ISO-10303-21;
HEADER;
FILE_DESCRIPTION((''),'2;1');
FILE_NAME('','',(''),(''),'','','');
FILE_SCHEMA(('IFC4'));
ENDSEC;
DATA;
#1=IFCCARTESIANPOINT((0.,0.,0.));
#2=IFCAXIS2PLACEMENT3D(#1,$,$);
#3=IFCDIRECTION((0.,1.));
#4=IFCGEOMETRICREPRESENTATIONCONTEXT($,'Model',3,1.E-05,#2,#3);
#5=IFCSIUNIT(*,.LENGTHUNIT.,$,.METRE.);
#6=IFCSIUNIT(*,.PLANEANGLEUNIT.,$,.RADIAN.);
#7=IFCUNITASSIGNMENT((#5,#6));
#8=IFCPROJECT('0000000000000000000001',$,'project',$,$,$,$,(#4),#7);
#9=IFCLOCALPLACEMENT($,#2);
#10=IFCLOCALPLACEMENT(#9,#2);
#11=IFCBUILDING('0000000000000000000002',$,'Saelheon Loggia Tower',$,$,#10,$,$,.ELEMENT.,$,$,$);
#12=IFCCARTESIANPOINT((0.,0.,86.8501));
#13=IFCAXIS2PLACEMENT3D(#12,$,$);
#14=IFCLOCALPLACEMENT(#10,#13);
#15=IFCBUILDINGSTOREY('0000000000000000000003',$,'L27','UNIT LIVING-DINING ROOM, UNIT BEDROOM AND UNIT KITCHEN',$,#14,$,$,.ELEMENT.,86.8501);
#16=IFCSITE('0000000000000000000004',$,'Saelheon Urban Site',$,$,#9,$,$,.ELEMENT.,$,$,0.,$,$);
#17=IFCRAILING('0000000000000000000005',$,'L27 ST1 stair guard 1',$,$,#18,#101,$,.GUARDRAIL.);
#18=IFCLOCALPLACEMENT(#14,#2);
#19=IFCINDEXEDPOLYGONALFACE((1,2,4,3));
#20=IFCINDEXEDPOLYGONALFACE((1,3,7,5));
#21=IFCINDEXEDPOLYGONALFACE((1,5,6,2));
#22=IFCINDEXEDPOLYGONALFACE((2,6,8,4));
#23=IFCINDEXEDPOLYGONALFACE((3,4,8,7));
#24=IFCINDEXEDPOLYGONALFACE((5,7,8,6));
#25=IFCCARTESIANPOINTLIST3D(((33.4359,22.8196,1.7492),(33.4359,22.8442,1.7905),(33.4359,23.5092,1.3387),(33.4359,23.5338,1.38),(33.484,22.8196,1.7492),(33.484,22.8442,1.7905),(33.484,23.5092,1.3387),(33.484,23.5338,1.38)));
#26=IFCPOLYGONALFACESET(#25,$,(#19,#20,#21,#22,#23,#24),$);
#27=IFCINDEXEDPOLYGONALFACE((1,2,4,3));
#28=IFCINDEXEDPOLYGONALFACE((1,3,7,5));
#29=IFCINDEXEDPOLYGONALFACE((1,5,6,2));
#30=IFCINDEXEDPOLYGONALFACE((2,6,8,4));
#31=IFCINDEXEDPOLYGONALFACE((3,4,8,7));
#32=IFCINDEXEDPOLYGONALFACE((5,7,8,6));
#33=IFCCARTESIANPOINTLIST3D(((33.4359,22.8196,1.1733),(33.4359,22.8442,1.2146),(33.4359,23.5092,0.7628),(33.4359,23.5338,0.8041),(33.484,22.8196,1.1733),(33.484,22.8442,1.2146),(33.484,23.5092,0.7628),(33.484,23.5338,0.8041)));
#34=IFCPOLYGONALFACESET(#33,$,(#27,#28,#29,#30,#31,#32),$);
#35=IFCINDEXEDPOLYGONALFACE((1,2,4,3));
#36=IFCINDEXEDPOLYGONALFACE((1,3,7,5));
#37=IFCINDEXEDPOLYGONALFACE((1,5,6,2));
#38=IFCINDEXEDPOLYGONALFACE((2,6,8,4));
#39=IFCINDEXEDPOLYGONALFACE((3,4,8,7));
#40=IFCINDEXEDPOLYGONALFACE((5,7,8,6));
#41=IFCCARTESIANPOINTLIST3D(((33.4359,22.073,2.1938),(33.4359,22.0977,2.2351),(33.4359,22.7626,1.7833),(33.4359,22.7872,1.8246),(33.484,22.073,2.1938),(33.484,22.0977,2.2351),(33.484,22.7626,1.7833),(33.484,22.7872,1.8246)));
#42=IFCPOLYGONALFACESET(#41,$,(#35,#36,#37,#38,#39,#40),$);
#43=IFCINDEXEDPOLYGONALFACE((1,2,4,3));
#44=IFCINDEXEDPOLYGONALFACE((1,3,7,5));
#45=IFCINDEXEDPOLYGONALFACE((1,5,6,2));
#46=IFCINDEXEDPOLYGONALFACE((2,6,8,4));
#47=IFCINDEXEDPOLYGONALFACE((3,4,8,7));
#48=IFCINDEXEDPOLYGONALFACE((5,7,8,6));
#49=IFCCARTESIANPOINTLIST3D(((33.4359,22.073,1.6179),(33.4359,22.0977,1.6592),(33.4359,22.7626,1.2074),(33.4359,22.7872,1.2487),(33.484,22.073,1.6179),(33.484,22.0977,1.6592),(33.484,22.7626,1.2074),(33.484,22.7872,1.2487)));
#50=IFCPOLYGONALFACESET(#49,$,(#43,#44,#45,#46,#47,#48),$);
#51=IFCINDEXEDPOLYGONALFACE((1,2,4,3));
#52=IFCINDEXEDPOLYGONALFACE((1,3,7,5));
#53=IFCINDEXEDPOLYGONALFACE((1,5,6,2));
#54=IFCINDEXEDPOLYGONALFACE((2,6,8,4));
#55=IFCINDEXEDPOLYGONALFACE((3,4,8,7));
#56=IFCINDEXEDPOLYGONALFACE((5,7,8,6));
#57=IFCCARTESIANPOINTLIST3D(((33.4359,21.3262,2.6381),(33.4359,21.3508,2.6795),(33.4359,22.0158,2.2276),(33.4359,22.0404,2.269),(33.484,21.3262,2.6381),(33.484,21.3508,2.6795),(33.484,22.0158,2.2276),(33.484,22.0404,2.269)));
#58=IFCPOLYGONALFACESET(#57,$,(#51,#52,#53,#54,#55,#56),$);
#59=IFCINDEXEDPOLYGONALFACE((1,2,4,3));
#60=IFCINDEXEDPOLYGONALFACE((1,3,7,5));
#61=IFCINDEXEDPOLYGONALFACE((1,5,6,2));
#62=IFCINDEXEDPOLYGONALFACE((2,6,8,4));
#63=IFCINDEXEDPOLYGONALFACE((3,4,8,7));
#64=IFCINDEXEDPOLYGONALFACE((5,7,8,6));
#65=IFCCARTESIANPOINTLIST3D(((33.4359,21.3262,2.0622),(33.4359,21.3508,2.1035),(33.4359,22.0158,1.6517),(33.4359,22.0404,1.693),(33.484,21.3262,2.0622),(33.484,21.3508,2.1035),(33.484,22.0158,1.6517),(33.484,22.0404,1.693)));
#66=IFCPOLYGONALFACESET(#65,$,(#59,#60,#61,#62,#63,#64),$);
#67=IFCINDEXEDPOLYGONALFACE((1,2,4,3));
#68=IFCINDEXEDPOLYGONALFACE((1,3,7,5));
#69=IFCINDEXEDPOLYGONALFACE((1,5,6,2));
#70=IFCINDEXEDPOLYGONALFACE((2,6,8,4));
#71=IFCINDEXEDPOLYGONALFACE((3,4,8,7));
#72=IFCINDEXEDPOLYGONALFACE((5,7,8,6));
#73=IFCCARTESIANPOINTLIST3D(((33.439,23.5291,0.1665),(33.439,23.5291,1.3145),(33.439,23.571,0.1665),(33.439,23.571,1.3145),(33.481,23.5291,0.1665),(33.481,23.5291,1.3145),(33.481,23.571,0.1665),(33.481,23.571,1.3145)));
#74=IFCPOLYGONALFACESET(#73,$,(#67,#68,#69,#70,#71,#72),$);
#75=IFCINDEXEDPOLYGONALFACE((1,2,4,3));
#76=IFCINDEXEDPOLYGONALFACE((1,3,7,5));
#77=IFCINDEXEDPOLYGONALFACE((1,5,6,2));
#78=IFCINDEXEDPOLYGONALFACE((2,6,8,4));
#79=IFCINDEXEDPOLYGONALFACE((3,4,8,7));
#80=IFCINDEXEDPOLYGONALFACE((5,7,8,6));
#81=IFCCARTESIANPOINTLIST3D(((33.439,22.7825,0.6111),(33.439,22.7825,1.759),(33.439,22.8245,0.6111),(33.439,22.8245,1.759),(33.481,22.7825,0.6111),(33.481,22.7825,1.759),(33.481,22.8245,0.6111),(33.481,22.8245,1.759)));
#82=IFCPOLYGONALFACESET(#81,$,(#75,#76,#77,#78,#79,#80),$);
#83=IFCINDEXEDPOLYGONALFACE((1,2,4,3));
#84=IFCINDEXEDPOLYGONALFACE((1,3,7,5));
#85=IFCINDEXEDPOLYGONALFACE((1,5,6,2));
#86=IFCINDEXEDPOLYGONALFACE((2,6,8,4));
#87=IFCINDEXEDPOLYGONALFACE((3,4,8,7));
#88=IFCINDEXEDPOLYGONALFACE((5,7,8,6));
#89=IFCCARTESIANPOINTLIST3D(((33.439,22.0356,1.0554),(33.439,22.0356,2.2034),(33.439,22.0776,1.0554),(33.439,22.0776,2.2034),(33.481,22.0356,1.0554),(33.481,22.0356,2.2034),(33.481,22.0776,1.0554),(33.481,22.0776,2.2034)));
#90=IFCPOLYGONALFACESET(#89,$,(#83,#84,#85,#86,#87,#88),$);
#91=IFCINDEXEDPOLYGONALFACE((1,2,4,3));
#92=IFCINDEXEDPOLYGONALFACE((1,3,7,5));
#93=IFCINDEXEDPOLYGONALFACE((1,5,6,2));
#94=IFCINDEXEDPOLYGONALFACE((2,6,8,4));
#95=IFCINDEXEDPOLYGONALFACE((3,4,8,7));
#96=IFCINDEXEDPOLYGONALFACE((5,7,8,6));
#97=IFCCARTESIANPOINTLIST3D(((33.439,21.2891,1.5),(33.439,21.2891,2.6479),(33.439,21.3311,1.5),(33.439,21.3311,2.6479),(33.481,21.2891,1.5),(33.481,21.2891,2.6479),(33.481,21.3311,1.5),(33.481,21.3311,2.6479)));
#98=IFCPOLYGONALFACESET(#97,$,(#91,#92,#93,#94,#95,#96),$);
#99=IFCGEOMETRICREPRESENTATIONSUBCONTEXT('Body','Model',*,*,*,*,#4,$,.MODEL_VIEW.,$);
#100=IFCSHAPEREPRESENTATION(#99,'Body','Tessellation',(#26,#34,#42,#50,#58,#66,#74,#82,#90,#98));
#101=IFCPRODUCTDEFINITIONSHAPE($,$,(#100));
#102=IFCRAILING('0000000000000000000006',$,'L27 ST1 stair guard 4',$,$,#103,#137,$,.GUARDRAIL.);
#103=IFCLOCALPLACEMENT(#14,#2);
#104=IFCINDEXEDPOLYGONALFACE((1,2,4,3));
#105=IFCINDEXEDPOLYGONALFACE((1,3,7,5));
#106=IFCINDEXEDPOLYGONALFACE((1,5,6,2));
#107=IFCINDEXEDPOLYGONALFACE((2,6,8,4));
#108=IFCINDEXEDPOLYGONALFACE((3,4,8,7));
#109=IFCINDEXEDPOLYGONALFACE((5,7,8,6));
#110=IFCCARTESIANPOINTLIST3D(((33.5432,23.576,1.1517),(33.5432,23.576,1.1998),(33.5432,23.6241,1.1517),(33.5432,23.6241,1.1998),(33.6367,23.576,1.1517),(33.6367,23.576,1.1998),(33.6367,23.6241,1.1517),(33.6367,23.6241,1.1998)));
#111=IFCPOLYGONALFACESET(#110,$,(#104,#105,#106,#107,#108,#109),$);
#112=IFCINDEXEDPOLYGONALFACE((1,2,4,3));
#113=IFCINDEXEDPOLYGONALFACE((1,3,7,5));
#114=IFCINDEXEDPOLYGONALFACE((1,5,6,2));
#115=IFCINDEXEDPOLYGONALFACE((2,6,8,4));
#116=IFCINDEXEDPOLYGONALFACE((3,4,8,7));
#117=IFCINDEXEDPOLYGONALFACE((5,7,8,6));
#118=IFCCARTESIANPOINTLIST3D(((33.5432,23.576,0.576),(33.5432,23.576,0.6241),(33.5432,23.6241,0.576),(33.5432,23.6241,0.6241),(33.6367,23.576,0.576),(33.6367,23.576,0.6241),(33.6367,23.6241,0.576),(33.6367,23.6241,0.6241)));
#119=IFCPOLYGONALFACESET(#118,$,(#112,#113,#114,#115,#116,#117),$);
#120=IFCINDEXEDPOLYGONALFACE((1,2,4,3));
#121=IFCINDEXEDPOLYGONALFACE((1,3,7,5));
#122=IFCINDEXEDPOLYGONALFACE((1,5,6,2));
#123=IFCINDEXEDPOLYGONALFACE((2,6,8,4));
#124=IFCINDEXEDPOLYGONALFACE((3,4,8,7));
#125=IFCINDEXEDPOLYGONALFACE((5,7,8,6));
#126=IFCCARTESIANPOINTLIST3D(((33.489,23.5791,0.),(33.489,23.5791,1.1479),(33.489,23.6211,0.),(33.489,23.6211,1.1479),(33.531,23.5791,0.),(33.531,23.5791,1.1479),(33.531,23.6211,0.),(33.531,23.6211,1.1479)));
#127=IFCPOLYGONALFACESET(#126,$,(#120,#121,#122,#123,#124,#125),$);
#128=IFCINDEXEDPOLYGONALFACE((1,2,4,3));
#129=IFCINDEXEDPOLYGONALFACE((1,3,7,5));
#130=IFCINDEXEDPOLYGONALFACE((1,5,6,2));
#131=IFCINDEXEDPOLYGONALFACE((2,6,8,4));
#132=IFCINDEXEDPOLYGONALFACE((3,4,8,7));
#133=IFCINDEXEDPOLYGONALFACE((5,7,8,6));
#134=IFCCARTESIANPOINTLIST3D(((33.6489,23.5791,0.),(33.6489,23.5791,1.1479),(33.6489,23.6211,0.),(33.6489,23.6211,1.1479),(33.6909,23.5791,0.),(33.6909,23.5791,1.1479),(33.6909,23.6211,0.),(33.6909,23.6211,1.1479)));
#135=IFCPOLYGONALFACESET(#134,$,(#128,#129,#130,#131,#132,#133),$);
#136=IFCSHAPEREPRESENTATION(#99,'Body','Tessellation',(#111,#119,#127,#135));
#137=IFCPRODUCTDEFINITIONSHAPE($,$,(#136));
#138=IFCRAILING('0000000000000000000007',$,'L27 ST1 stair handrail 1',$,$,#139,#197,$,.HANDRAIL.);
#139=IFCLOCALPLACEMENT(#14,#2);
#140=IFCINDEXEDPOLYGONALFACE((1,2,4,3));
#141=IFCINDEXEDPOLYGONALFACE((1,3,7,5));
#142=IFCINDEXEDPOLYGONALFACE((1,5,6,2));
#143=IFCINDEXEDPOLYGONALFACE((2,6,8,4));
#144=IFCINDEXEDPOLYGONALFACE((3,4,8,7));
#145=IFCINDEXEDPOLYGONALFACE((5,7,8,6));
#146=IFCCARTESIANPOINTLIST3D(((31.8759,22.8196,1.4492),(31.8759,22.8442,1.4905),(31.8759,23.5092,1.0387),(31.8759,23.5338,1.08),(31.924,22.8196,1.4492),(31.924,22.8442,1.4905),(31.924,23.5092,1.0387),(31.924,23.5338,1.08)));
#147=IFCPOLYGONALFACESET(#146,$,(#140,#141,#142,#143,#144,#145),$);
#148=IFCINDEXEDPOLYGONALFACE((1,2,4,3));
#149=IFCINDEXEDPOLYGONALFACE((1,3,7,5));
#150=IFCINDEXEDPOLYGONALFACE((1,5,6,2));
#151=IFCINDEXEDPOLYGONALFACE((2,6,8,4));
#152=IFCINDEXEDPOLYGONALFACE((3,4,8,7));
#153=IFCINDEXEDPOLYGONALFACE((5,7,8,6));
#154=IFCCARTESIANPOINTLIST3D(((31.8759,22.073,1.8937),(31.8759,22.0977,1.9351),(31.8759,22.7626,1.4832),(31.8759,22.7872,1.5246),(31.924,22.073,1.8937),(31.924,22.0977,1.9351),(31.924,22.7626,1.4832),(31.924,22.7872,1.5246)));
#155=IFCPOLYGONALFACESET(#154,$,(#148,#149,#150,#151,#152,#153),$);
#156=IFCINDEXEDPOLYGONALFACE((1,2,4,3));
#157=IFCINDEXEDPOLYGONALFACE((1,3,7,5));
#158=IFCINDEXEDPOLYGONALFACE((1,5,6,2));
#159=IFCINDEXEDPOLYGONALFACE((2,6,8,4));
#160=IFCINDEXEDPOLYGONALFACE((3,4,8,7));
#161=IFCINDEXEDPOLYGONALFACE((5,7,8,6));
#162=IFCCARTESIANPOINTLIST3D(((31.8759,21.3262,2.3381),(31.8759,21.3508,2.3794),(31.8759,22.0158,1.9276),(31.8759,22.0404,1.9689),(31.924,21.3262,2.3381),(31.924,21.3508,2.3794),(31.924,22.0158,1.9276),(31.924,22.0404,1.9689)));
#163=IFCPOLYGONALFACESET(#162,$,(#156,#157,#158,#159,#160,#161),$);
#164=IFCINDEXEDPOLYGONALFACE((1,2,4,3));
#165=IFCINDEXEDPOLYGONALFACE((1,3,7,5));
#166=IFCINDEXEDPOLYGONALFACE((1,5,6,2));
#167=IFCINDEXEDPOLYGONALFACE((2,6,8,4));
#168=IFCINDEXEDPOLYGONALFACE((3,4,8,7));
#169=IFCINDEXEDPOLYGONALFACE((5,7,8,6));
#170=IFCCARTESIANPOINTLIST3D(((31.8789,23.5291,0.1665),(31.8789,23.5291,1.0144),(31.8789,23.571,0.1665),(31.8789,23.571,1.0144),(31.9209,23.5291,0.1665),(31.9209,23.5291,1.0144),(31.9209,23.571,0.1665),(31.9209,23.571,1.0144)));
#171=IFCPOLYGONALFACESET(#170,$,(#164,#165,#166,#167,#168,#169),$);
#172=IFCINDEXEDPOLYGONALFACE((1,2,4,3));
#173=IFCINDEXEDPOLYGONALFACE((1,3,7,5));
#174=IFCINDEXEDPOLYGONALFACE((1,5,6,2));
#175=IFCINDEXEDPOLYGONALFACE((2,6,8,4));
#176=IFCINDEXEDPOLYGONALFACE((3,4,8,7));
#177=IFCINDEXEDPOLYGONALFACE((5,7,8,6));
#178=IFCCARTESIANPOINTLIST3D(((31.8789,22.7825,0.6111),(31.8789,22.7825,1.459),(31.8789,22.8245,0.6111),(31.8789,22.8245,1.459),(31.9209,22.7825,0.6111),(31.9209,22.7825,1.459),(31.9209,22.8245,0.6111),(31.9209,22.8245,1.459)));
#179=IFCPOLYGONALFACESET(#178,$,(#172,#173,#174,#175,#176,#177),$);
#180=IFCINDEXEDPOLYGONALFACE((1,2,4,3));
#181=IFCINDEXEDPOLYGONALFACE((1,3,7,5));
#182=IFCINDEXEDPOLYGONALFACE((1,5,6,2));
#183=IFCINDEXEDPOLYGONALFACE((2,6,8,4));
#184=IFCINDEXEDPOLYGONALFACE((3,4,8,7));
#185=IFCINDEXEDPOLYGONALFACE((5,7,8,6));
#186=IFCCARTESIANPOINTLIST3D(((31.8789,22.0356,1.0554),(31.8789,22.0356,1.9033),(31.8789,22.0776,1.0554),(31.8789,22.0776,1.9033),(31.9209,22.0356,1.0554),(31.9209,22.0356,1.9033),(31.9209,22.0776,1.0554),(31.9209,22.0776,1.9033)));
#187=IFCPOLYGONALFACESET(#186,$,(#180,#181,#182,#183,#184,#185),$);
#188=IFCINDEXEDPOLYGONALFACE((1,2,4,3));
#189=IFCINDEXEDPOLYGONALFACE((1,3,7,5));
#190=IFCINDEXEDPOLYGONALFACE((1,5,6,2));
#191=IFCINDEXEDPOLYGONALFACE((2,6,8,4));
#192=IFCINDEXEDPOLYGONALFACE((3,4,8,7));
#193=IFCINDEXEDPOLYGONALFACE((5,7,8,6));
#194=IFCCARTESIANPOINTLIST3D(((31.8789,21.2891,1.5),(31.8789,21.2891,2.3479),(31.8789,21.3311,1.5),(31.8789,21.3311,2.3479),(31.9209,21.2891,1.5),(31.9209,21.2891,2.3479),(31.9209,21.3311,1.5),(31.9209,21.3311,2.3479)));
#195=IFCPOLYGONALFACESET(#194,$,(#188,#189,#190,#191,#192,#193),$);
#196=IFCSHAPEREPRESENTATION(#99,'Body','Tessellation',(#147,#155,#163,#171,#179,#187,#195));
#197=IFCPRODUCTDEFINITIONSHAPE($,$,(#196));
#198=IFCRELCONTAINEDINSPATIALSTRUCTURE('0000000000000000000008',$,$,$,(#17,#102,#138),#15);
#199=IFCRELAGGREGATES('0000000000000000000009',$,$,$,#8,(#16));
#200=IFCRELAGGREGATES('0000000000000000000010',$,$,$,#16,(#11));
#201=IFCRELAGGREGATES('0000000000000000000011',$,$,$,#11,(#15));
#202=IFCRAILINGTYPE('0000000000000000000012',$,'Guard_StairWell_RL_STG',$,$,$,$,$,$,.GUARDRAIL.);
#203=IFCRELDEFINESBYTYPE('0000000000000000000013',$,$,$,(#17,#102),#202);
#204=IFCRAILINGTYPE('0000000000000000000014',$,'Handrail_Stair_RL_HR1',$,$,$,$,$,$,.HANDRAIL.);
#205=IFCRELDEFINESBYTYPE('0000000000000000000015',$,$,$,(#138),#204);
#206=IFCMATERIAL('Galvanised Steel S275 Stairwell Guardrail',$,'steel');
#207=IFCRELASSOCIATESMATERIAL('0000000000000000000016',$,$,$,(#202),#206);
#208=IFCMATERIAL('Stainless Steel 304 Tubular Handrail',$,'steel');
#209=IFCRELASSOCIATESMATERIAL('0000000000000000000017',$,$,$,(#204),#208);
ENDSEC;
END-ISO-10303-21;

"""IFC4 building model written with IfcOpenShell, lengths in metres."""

from ifc_helpers import new_model, si_unit, direction, frame, origin, origin_2d, place, context, subcontext, project, spatial, rectangle, extrude, material, type_object, element, save


model = new_model("IFC4")

# Units and contexts
model_context = context("Model", 3, precision=1e-05, world=origin(), true_north=direction((0.0, 1.0)))
body_context = subcontext(model_context, "Body", "Model", "MODEL_VIEW")
ifc_project = project(units=[si_unit("LENGTHUNIT", "METRE"), si_unit("PLANEANGLEUNIT", "RADIAN")], contexts=[model_context])

# Site, building, storey
site_placement = place(None, origin())
site = spatial("IfcSite", under=ifc_project, at=site_placement, Name="Saelheon Urban Site", CompositionType="ELEMENT", RefElevation=0.0)
building_placement = place(site_placement, origin())
building = spatial("IfcBuilding", under=site, at=building_placement, Name="Saelheon Loggia Tower", CompositionType="ELEMENT")
storey_placement = place(building_placement, frame((0.0, 0.0, 86.8501)))
storey = spatial("IfcBuildingStorey", under=building, at=storey_placement, Name="L27", Description="UNIT LIVING-DINING ROOM, UNIT BEDROOM AND UNIT KITCHEN", CompositionType="ELEMENT", Elevation=86.8501)

# Railings
ifc_material_1 = material(Name="Galvanised Steel S275 Stairwell Guardrail", Category="steel")
railing_type_1 = type_object("IfcRailingType", Name="Guard_StairWell_RL_STG", PredefinedType="GUARDRAIL", material=ifc_material_1)
railing_1_placement = place(storey_placement, frame((33.46, 23.55, 0.1665)))
element("IfcRailing", 1, at=railing_1_placement, inside=storey, type_object=railing_type_1, Name="L27 ST1 stair guard 1", PredefinedType="GUARDRAIL", context=body_context, shape_type="SweptSolid", body=[
    extrude(rectangle(XDim=0.0481, YDim=0.0481, at=origin_2d()), frame((0.0, -0.0286, 1.1929), z_axis=(0.0, -0.859264, 0.511532), x_axis=(1.0, 0.0, 0.0)), (0.0, 0.0, 1.0), 0.8025),
    extrude(rectangle(XDim=0.0481, YDim=0.0481, at=origin_2d()), frame((0.0, -0.0286, 0.6169), z_axis=(0.0, -0.859264, 0.511532), x_axis=(1.0, 0.0, 0.0)), (0.0, 0.0, 1.0), 0.8025),
    extrude(rectangle(XDim=0.0481, YDim=0.0481, at=origin_2d()), frame((0.0, -0.7751, 1.6375), z_axis=(0.0, -0.859264, 0.511532), x_axis=(1.0, 0.0, 0.0)), (0.0, 0.0, 1.0), 0.8025),
    extrude(rectangle(XDim=0.0481, YDim=0.0481, at=origin_2d()), frame((0.0, -0.7751, 1.0615), z_axis=(0.0, -0.859264, 0.511532), x_axis=(1.0, 0.0, 0.0)), (0.0, 0.0, 1.0), 0.8025),
    extrude(rectangle(XDim=0.0481, YDim=0.0481, at=origin_2d()), frame((0.0, -1.522, 2.0818), z_axis=(0.0, -0.859264, 0.511532), x_axis=(1.0, 0.0, 0.0)), (0.0, 0.0, 1.0), 0.8025),
    extrude(rectangle(XDim=0.0481, YDim=0.0481, at=origin_2d()), frame((0.0, -1.522, 1.5059), z_axis=(0.0, -0.859264, 0.511532), x_axis=(1.0, 0.0, 0.0)), (0.0, 0.0, 1.0), 0.8025),
    extrude(rectangle(XDim=0.042, YDim=0.042, at=origin_2d()), origin(), (0.0, 0.0, 1.0), 1.1479),
    extrude(rectangle(XDim=0.042, YDim=0.042, at=origin_2d()), frame((0.0, -0.7466, 0.4446)), (0.0, 0.0, 1.0), 1.1479),
    extrude(rectangle(XDim=0.042, YDim=0.042, at=origin_2d()), frame((0.0, -1.4934, 0.8889)), (0.0, 0.0, 1.0), 1.1479),
    extrude(rectangle(XDim=0.042, YDim=0.042, at=origin_2d()), frame((0.0, -2.24, 1.3335)), (0.0, 0.0, 1.0), 1.1479),
])
railing_2_placement = place(storey_placement, frame((33.51, 23.6001, 0.0)))
element("IfcRailing", 2, at=railing_2_placement, inside=storey, type_object=railing_type_1, Name="L27 ST1 stair guard 4", PredefinedType="GUARDRAIL", context=body_context, shape_type="SweptSolid", body=[
    extrude(rectangle(XDim=0.0481, YDim=0.0481, at=origin_2d()), frame((0.0332, 0.0, 1.1758), z_axis=(1.0, 0.0, 0.0), x_axis=(0.0, 1.0, 0.0)), (0.0, 0.0, 1.0), 0.0935),
    extrude(rectangle(XDim=0.0481, YDim=0.0481, at=origin_2d()), frame((0.0332, 0.0, 0.6001), z_axis=(1.0, 0.0, 0.0), x_axis=(0.0, 1.0, 0.0)), (0.0, 0.0, 1.0), 0.0935),
    extrude(rectangle(XDim=0.042, YDim=0.042, at=origin_2d()), origin(), (0.0, 0.0, 1.0), 1.1479),
    extrude(rectangle(XDim=0.042, YDim=0.042, at=origin_2d()), frame((0.1599, 0.0, 0.0)), (0.0, 0.0, 1.0), 1.1479),
])
ifc_material_2 = material(Name="Stainless Steel 304 Tubular Handrail", Category="steel")
railing_type_2 = type_object("IfcRailingType", Name="Handrail_Stair_RL_HR1", PredefinedType="HANDRAIL", material=ifc_material_2)
railing_3_placement = place(storey_placement, frame((31.8999, 23.55, 0.1665)))
element("IfcRailing", 3, at=railing_3_placement, inside=storey, type_object=railing_type_2, Name="L27 ST1 stair handrail 1", PredefinedType="HANDRAIL", context=body_context, shape_type="SweptSolid", body=[
    extrude(rectangle(XDim=0.0481, YDim=0.0481, at=origin_2d()), frame((0.0, -0.0286, 0.8928), z_axis=(0.0, -0.859264, 0.511532), x_axis=(1.0, 0.0, 0.0)), (0.0, 0.0, 1.0), 0.8025),
    extrude(rectangle(XDim=0.0481, YDim=0.0481, at=origin_2d()), frame((0.0, -0.7751, 1.3374), z_axis=(0.0, -0.859264, 0.511532), x_axis=(1.0, 0.0, 0.0)), (0.0, 0.0, 1.0), 0.8025),
    extrude(rectangle(XDim=0.0481, YDim=0.0481, at=origin_2d()), frame((0.0, -1.522, 1.7817), z_axis=(0.0, -0.859264, 0.511532), x_axis=(1.0, 0.0, 0.0)), (0.0, 0.0, 1.0), 0.8025),
    extrude(rectangle(XDim=0.042, YDim=0.042, at=origin_2d()), origin(), (0.0, 0.0, 1.0), 0.8479),
    extrude(rectangle(XDim=0.042, YDim=0.042, at=origin_2d()), frame((0.0, -0.7466, 0.4446)), (0.0, 0.0, 1.0), 0.8479),
    extrude(rectangle(XDim=0.042, YDim=0.042, at=origin_2d()), frame((0.0, -1.4934, 0.8889)), (0.0, 0.0, 1.0), 0.8479),
    extrude(rectangle(XDim=0.042, YDim=0.042, at=origin_2d()), frame((0.0, -2.24, 1.3335)), (0.0, 0.0, 1.0), 0.8479),
])

save(model, "model.ifc")
